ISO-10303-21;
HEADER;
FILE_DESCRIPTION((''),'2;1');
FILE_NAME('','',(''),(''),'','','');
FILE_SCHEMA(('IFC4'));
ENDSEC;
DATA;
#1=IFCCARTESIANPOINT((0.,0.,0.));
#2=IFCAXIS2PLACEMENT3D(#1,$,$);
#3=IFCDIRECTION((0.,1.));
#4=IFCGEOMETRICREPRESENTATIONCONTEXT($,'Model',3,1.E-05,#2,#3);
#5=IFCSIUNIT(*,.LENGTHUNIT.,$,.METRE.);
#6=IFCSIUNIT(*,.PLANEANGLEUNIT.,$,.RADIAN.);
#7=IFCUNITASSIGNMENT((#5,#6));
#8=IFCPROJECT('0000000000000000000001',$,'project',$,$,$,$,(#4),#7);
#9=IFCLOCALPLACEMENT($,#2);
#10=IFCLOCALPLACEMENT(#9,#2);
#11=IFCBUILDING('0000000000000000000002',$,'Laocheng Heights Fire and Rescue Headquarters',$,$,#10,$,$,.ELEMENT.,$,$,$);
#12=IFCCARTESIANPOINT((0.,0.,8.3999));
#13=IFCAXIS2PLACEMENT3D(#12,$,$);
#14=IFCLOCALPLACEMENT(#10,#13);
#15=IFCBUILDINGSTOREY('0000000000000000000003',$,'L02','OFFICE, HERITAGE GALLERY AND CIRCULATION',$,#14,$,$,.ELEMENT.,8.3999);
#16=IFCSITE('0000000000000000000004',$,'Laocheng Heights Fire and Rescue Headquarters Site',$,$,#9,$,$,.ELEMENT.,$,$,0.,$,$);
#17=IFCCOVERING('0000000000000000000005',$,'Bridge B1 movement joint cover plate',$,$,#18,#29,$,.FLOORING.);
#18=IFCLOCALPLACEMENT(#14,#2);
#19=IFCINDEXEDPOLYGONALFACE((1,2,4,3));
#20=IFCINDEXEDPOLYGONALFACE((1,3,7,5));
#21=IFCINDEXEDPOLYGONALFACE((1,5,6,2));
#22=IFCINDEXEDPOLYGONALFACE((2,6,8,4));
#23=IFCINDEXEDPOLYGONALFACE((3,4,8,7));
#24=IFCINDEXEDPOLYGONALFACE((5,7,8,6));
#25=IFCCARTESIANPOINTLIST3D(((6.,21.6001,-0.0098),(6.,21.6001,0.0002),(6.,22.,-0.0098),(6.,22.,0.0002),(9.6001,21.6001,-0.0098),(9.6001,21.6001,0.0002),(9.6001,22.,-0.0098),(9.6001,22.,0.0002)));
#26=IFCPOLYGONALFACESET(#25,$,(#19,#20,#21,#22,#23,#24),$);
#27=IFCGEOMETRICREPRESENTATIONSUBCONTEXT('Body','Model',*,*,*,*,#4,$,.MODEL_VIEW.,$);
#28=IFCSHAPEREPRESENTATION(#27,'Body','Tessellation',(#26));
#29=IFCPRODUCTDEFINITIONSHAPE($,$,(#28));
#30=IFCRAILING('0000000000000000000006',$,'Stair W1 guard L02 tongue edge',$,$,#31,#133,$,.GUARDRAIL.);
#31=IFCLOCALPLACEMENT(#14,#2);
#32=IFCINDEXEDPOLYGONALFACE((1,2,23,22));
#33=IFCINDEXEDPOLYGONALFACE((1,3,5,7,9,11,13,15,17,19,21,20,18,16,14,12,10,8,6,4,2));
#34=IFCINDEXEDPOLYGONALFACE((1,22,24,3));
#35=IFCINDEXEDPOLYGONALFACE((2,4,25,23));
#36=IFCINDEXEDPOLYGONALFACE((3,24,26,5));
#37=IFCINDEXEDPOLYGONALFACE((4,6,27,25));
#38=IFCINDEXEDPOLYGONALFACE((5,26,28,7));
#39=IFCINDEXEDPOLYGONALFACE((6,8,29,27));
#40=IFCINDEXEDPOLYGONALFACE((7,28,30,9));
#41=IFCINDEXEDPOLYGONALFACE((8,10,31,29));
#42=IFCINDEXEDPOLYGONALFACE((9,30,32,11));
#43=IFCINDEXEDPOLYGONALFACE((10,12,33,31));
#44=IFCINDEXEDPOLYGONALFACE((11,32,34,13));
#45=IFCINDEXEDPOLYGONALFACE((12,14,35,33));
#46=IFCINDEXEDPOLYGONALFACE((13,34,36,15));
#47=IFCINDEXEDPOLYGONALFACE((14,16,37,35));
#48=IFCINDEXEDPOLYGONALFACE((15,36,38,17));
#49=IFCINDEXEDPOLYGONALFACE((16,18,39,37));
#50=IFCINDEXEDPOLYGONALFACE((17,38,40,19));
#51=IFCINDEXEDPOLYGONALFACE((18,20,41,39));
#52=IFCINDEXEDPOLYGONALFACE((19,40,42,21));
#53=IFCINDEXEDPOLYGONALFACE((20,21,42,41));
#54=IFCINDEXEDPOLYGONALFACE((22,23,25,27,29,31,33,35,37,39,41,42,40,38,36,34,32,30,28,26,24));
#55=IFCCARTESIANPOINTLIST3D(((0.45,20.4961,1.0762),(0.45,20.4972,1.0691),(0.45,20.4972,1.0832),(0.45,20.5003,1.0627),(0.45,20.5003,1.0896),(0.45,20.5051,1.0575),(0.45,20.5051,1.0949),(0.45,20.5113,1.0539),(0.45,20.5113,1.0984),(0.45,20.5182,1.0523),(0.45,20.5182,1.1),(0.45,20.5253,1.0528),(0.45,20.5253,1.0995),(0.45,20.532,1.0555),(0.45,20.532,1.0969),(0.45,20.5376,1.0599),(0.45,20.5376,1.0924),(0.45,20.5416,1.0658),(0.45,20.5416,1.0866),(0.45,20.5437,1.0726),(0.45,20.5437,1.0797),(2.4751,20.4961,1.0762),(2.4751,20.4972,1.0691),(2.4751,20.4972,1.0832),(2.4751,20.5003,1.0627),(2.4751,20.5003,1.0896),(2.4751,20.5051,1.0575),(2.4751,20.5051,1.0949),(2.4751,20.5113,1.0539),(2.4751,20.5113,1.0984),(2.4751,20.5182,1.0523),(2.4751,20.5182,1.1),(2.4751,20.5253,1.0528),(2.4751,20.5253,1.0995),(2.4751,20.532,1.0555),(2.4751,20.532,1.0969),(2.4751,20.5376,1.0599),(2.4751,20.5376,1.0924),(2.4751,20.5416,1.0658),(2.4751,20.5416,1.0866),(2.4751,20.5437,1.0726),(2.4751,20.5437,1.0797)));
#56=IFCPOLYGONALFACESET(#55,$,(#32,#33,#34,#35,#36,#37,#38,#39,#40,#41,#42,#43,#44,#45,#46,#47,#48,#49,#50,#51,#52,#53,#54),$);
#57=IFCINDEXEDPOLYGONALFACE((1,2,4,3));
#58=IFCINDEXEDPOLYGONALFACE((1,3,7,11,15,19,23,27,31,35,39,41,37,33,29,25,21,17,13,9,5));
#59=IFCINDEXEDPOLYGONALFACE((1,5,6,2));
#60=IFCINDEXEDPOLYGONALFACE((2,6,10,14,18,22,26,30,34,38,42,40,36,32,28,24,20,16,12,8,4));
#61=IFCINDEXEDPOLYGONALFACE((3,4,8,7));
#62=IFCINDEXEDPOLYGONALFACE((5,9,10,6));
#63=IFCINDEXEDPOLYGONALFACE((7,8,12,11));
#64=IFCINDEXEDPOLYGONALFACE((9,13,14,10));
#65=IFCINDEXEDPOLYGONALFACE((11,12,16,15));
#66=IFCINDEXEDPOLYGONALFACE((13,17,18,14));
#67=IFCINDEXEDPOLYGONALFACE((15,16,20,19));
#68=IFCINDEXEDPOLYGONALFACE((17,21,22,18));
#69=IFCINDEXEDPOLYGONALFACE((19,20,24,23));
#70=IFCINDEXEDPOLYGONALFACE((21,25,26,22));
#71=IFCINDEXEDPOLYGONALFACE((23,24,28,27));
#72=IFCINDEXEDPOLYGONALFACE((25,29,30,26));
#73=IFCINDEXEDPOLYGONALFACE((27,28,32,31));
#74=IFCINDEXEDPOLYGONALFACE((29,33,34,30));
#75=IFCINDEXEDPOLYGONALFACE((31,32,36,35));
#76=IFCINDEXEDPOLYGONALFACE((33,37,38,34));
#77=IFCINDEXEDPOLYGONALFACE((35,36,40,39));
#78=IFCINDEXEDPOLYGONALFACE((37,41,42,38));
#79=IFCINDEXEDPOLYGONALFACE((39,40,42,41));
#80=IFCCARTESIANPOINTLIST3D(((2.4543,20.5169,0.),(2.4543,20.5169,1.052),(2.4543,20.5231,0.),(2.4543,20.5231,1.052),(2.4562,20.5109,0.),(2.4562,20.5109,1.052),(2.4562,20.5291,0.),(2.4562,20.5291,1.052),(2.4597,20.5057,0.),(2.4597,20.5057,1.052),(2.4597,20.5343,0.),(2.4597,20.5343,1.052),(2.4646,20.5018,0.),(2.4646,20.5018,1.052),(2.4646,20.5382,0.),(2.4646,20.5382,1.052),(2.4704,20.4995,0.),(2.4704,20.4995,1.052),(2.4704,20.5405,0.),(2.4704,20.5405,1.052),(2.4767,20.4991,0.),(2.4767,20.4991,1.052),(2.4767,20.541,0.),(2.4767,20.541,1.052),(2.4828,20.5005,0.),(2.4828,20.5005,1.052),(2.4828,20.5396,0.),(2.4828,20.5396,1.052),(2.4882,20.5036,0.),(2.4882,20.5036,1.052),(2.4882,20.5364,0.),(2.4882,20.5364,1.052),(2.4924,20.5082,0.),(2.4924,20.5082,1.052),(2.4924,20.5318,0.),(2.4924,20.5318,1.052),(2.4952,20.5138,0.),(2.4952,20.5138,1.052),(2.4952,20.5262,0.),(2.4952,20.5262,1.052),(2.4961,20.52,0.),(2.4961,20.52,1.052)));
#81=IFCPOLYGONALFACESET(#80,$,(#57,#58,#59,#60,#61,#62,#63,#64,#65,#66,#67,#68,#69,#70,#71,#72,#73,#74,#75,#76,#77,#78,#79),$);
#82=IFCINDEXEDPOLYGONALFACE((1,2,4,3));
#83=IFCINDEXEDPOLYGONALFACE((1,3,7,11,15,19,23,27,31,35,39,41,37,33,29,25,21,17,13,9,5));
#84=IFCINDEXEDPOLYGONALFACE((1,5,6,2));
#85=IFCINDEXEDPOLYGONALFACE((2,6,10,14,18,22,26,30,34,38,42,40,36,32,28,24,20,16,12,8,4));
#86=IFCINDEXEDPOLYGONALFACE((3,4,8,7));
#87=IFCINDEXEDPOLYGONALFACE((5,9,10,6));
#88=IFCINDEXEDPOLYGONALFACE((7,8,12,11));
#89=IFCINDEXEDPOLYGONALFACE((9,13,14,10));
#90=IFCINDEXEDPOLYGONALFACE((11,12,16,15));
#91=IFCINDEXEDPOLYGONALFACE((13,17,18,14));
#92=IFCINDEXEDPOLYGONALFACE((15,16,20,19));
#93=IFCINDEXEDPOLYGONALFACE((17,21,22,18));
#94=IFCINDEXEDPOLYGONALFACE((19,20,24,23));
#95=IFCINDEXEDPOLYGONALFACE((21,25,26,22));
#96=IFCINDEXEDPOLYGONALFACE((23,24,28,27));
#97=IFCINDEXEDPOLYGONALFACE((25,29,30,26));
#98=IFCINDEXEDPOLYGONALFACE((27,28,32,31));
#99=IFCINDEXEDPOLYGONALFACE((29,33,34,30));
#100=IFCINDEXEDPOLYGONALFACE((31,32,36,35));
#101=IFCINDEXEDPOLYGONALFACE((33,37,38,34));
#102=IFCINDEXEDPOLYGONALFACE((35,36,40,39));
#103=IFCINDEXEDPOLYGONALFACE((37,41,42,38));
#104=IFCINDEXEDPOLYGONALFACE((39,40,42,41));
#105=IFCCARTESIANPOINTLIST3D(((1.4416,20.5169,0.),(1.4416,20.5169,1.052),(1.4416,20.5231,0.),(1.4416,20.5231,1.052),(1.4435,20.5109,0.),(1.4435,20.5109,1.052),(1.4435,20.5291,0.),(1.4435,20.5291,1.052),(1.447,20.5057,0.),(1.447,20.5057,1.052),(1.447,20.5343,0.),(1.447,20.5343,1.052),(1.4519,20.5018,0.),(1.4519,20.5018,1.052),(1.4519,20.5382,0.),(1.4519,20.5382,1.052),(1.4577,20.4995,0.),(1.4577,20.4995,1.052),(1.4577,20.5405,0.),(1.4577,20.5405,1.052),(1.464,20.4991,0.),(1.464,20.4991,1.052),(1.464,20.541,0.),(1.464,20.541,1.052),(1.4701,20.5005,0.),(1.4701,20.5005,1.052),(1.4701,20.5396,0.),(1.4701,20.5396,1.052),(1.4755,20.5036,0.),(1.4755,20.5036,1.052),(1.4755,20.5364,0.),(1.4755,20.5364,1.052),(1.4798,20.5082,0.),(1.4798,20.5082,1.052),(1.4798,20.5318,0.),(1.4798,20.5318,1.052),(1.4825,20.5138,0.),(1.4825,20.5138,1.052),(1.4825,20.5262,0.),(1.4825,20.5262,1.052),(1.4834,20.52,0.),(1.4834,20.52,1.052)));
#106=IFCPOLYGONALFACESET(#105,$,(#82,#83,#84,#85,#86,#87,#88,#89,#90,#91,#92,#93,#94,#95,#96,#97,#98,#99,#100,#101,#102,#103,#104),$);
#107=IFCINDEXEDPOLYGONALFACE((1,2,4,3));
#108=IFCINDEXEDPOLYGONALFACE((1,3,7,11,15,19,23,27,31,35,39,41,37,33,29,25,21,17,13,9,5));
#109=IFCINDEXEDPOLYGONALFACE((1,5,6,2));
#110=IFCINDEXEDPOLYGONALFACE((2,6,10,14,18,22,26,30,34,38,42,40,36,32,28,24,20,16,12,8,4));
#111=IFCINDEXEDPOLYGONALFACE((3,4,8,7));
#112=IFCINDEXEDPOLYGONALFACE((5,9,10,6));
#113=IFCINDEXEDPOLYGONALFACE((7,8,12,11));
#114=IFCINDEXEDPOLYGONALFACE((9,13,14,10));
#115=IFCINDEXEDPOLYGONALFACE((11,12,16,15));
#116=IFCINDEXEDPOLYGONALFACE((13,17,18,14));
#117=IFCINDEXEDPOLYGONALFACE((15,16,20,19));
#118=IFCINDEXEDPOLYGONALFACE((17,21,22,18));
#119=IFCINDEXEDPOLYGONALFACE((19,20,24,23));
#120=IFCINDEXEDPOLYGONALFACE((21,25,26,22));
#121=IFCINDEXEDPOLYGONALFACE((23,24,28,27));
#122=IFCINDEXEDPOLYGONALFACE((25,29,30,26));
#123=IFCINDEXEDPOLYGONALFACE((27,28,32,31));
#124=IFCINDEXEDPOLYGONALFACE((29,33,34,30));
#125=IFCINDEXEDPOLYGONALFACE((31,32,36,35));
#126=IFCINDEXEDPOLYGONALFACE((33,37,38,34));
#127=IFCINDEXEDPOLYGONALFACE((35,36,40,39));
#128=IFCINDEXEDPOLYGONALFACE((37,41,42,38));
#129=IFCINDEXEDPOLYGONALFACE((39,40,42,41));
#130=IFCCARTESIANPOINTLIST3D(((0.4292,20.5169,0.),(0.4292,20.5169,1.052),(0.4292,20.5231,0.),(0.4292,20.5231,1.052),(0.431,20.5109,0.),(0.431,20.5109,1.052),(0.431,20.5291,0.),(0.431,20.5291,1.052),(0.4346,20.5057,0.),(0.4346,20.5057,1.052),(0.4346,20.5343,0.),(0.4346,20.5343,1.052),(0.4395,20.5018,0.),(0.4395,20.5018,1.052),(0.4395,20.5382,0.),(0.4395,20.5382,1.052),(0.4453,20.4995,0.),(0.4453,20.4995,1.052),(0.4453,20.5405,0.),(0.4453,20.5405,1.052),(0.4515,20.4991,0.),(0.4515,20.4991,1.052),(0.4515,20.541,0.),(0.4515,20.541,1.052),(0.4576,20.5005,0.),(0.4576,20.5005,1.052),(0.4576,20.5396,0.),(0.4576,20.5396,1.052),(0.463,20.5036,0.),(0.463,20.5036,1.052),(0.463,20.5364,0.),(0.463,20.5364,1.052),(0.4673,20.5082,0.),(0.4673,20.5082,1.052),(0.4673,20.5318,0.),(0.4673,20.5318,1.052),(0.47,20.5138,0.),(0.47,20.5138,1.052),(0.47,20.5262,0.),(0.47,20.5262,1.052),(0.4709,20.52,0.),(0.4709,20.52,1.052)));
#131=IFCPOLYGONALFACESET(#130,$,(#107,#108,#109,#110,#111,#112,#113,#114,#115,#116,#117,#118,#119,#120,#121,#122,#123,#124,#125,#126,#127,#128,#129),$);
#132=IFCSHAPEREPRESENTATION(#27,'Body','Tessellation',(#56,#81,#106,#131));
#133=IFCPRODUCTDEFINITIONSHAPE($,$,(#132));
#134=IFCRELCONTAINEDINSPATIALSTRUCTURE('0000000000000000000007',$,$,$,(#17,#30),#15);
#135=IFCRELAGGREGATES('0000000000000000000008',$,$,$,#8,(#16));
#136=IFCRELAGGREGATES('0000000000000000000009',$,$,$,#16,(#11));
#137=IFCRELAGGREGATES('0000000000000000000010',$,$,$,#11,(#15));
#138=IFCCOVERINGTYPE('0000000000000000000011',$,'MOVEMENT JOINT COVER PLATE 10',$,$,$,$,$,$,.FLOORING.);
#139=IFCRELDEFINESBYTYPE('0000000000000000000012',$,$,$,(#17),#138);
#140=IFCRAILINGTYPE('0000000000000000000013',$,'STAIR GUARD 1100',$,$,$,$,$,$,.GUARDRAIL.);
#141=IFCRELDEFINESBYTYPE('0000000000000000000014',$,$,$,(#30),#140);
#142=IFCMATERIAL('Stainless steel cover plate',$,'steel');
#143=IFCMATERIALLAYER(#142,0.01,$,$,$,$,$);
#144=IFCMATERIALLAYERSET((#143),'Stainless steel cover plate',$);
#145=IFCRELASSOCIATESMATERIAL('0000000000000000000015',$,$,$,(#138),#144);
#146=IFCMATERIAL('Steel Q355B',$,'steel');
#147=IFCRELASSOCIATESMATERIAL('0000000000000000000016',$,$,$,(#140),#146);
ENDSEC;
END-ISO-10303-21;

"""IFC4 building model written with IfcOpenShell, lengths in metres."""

from ifc_helpers import new_model, si_unit, direction, frame, origin, origin_2d, place, context, subcontext, project, spatial, rectangle, circle, extrude, material, layer, layer_set, type_object, element, save


model = new_model("IFC4")

# Units and contexts
model_context = context("Model", 3, precision=1e-05, world=origin(), true_north=direction((0.0, 1.0)))
body_context = subcontext(model_context, "Body", "Model", "MODEL_VIEW")
ifc_project = project(units=[si_unit("LENGTHUNIT", "METRE"), si_unit("PLANEANGLEUNIT", "RADIAN")], contexts=[model_context])

# Site, building, storey
site_placement = place(None, origin())
site = spatial("IfcSite", under=ifc_project, at=site_placement, Name="Laocheng Heights Fire and Rescue Headquarters Site", CompositionType="ELEMENT", RefElevation=0.0)
building_placement = place(site_placement, origin())
building = spatial("IfcBuilding", under=site, at=building_placement, Name="Laocheng Heights Fire and Rescue Headquarters", CompositionType="ELEMENT")
storey_placement = place(building_placement, frame((0.0, 0.0, 8.3999)))
storey = spatial("IfcBuildingStorey", under=building, at=storey_placement, Name="L02", Description="OFFICE, HERITAGE GALLERY AND CIRCULATION", CompositionType="ELEMENT", Elevation=8.3999)

# Covering
ifc_material_1 = material(Name="Stainless steel cover plate", Category="steel")
ifc_layer_1 = layer(ifc_material_1, 0.01)
ifc_layer_set_1 = layer_set([ifc_layer_1], Name="Stainless steel cover plate")
covering_type = type_object("IfcCoveringType", Name="MOVEMENT JOINT COVER PLATE 10", PredefinedType="FLOORING", material=ifc_layer_set_1)
covering_placement = place(storey_placement, frame((7.8, 21.8, -0.0098), z_axis=(0.0, 0.0, 1.0), x_axis=(1.0, 0.0, 0.0)))
element("IfcCovering", 1, at=covering_placement, inside=storey, type_object=covering_type, Name="Bridge B1 movement joint cover plate", PredefinedType="FLOORING", context=body_context, shape_type="SweptSolid", body=[
    extrude(rectangle(XDim=3.6001, YDim=0.3999, at=origin_2d()), origin(), (0.0, 0.0, 1.0), 0.01),
])

# Railing
ifc_material_2 = material(Name="Steel Q355B", Category="steel")
railing_type = type_object("IfcRailingType", Name="STAIR GUARD 1100", PredefinedType="GUARDRAIL", material=ifc_material_2)
railing_1_placement = place(storey_placement, frame((2.4751, 20.52, 0.0)))
element("IfcRailing", 2, at=railing_1_placement, inside=storey, type_object=railing_type, Name="Stair W1 guard L02 tongue edge", PredefinedType="GUARDRAIL", context=body_context, shape_type="SweptSolid", body=[
    extrude(circle(Radius=0.0239, at=origin_2d()), frame((0.0, 0.0, 1.0762), z_axis=(-1.0, 0.0, 0.0), x_axis=(0.0, -1.0, 0.0)), (0.0, 0.0, 1.0), 2.0251),
    extrude(circle(Radius=0.021, at=origin_2d()), origin(), (0.0, 0.0, 1.0), 1.052),
    extrude(circle(Radius=0.021, at=origin_2d()), frame((-1.0127, 0.0, 0.0)), (0.0, 0.0, 1.0), 1.052),
    extrude(circle(Radius=0.021, at=origin_2d()), frame((-2.0251, 0.0, 0.0)), (0.0, 0.0, 1.0), 1.052),
])

save(model, "model.ifc")
